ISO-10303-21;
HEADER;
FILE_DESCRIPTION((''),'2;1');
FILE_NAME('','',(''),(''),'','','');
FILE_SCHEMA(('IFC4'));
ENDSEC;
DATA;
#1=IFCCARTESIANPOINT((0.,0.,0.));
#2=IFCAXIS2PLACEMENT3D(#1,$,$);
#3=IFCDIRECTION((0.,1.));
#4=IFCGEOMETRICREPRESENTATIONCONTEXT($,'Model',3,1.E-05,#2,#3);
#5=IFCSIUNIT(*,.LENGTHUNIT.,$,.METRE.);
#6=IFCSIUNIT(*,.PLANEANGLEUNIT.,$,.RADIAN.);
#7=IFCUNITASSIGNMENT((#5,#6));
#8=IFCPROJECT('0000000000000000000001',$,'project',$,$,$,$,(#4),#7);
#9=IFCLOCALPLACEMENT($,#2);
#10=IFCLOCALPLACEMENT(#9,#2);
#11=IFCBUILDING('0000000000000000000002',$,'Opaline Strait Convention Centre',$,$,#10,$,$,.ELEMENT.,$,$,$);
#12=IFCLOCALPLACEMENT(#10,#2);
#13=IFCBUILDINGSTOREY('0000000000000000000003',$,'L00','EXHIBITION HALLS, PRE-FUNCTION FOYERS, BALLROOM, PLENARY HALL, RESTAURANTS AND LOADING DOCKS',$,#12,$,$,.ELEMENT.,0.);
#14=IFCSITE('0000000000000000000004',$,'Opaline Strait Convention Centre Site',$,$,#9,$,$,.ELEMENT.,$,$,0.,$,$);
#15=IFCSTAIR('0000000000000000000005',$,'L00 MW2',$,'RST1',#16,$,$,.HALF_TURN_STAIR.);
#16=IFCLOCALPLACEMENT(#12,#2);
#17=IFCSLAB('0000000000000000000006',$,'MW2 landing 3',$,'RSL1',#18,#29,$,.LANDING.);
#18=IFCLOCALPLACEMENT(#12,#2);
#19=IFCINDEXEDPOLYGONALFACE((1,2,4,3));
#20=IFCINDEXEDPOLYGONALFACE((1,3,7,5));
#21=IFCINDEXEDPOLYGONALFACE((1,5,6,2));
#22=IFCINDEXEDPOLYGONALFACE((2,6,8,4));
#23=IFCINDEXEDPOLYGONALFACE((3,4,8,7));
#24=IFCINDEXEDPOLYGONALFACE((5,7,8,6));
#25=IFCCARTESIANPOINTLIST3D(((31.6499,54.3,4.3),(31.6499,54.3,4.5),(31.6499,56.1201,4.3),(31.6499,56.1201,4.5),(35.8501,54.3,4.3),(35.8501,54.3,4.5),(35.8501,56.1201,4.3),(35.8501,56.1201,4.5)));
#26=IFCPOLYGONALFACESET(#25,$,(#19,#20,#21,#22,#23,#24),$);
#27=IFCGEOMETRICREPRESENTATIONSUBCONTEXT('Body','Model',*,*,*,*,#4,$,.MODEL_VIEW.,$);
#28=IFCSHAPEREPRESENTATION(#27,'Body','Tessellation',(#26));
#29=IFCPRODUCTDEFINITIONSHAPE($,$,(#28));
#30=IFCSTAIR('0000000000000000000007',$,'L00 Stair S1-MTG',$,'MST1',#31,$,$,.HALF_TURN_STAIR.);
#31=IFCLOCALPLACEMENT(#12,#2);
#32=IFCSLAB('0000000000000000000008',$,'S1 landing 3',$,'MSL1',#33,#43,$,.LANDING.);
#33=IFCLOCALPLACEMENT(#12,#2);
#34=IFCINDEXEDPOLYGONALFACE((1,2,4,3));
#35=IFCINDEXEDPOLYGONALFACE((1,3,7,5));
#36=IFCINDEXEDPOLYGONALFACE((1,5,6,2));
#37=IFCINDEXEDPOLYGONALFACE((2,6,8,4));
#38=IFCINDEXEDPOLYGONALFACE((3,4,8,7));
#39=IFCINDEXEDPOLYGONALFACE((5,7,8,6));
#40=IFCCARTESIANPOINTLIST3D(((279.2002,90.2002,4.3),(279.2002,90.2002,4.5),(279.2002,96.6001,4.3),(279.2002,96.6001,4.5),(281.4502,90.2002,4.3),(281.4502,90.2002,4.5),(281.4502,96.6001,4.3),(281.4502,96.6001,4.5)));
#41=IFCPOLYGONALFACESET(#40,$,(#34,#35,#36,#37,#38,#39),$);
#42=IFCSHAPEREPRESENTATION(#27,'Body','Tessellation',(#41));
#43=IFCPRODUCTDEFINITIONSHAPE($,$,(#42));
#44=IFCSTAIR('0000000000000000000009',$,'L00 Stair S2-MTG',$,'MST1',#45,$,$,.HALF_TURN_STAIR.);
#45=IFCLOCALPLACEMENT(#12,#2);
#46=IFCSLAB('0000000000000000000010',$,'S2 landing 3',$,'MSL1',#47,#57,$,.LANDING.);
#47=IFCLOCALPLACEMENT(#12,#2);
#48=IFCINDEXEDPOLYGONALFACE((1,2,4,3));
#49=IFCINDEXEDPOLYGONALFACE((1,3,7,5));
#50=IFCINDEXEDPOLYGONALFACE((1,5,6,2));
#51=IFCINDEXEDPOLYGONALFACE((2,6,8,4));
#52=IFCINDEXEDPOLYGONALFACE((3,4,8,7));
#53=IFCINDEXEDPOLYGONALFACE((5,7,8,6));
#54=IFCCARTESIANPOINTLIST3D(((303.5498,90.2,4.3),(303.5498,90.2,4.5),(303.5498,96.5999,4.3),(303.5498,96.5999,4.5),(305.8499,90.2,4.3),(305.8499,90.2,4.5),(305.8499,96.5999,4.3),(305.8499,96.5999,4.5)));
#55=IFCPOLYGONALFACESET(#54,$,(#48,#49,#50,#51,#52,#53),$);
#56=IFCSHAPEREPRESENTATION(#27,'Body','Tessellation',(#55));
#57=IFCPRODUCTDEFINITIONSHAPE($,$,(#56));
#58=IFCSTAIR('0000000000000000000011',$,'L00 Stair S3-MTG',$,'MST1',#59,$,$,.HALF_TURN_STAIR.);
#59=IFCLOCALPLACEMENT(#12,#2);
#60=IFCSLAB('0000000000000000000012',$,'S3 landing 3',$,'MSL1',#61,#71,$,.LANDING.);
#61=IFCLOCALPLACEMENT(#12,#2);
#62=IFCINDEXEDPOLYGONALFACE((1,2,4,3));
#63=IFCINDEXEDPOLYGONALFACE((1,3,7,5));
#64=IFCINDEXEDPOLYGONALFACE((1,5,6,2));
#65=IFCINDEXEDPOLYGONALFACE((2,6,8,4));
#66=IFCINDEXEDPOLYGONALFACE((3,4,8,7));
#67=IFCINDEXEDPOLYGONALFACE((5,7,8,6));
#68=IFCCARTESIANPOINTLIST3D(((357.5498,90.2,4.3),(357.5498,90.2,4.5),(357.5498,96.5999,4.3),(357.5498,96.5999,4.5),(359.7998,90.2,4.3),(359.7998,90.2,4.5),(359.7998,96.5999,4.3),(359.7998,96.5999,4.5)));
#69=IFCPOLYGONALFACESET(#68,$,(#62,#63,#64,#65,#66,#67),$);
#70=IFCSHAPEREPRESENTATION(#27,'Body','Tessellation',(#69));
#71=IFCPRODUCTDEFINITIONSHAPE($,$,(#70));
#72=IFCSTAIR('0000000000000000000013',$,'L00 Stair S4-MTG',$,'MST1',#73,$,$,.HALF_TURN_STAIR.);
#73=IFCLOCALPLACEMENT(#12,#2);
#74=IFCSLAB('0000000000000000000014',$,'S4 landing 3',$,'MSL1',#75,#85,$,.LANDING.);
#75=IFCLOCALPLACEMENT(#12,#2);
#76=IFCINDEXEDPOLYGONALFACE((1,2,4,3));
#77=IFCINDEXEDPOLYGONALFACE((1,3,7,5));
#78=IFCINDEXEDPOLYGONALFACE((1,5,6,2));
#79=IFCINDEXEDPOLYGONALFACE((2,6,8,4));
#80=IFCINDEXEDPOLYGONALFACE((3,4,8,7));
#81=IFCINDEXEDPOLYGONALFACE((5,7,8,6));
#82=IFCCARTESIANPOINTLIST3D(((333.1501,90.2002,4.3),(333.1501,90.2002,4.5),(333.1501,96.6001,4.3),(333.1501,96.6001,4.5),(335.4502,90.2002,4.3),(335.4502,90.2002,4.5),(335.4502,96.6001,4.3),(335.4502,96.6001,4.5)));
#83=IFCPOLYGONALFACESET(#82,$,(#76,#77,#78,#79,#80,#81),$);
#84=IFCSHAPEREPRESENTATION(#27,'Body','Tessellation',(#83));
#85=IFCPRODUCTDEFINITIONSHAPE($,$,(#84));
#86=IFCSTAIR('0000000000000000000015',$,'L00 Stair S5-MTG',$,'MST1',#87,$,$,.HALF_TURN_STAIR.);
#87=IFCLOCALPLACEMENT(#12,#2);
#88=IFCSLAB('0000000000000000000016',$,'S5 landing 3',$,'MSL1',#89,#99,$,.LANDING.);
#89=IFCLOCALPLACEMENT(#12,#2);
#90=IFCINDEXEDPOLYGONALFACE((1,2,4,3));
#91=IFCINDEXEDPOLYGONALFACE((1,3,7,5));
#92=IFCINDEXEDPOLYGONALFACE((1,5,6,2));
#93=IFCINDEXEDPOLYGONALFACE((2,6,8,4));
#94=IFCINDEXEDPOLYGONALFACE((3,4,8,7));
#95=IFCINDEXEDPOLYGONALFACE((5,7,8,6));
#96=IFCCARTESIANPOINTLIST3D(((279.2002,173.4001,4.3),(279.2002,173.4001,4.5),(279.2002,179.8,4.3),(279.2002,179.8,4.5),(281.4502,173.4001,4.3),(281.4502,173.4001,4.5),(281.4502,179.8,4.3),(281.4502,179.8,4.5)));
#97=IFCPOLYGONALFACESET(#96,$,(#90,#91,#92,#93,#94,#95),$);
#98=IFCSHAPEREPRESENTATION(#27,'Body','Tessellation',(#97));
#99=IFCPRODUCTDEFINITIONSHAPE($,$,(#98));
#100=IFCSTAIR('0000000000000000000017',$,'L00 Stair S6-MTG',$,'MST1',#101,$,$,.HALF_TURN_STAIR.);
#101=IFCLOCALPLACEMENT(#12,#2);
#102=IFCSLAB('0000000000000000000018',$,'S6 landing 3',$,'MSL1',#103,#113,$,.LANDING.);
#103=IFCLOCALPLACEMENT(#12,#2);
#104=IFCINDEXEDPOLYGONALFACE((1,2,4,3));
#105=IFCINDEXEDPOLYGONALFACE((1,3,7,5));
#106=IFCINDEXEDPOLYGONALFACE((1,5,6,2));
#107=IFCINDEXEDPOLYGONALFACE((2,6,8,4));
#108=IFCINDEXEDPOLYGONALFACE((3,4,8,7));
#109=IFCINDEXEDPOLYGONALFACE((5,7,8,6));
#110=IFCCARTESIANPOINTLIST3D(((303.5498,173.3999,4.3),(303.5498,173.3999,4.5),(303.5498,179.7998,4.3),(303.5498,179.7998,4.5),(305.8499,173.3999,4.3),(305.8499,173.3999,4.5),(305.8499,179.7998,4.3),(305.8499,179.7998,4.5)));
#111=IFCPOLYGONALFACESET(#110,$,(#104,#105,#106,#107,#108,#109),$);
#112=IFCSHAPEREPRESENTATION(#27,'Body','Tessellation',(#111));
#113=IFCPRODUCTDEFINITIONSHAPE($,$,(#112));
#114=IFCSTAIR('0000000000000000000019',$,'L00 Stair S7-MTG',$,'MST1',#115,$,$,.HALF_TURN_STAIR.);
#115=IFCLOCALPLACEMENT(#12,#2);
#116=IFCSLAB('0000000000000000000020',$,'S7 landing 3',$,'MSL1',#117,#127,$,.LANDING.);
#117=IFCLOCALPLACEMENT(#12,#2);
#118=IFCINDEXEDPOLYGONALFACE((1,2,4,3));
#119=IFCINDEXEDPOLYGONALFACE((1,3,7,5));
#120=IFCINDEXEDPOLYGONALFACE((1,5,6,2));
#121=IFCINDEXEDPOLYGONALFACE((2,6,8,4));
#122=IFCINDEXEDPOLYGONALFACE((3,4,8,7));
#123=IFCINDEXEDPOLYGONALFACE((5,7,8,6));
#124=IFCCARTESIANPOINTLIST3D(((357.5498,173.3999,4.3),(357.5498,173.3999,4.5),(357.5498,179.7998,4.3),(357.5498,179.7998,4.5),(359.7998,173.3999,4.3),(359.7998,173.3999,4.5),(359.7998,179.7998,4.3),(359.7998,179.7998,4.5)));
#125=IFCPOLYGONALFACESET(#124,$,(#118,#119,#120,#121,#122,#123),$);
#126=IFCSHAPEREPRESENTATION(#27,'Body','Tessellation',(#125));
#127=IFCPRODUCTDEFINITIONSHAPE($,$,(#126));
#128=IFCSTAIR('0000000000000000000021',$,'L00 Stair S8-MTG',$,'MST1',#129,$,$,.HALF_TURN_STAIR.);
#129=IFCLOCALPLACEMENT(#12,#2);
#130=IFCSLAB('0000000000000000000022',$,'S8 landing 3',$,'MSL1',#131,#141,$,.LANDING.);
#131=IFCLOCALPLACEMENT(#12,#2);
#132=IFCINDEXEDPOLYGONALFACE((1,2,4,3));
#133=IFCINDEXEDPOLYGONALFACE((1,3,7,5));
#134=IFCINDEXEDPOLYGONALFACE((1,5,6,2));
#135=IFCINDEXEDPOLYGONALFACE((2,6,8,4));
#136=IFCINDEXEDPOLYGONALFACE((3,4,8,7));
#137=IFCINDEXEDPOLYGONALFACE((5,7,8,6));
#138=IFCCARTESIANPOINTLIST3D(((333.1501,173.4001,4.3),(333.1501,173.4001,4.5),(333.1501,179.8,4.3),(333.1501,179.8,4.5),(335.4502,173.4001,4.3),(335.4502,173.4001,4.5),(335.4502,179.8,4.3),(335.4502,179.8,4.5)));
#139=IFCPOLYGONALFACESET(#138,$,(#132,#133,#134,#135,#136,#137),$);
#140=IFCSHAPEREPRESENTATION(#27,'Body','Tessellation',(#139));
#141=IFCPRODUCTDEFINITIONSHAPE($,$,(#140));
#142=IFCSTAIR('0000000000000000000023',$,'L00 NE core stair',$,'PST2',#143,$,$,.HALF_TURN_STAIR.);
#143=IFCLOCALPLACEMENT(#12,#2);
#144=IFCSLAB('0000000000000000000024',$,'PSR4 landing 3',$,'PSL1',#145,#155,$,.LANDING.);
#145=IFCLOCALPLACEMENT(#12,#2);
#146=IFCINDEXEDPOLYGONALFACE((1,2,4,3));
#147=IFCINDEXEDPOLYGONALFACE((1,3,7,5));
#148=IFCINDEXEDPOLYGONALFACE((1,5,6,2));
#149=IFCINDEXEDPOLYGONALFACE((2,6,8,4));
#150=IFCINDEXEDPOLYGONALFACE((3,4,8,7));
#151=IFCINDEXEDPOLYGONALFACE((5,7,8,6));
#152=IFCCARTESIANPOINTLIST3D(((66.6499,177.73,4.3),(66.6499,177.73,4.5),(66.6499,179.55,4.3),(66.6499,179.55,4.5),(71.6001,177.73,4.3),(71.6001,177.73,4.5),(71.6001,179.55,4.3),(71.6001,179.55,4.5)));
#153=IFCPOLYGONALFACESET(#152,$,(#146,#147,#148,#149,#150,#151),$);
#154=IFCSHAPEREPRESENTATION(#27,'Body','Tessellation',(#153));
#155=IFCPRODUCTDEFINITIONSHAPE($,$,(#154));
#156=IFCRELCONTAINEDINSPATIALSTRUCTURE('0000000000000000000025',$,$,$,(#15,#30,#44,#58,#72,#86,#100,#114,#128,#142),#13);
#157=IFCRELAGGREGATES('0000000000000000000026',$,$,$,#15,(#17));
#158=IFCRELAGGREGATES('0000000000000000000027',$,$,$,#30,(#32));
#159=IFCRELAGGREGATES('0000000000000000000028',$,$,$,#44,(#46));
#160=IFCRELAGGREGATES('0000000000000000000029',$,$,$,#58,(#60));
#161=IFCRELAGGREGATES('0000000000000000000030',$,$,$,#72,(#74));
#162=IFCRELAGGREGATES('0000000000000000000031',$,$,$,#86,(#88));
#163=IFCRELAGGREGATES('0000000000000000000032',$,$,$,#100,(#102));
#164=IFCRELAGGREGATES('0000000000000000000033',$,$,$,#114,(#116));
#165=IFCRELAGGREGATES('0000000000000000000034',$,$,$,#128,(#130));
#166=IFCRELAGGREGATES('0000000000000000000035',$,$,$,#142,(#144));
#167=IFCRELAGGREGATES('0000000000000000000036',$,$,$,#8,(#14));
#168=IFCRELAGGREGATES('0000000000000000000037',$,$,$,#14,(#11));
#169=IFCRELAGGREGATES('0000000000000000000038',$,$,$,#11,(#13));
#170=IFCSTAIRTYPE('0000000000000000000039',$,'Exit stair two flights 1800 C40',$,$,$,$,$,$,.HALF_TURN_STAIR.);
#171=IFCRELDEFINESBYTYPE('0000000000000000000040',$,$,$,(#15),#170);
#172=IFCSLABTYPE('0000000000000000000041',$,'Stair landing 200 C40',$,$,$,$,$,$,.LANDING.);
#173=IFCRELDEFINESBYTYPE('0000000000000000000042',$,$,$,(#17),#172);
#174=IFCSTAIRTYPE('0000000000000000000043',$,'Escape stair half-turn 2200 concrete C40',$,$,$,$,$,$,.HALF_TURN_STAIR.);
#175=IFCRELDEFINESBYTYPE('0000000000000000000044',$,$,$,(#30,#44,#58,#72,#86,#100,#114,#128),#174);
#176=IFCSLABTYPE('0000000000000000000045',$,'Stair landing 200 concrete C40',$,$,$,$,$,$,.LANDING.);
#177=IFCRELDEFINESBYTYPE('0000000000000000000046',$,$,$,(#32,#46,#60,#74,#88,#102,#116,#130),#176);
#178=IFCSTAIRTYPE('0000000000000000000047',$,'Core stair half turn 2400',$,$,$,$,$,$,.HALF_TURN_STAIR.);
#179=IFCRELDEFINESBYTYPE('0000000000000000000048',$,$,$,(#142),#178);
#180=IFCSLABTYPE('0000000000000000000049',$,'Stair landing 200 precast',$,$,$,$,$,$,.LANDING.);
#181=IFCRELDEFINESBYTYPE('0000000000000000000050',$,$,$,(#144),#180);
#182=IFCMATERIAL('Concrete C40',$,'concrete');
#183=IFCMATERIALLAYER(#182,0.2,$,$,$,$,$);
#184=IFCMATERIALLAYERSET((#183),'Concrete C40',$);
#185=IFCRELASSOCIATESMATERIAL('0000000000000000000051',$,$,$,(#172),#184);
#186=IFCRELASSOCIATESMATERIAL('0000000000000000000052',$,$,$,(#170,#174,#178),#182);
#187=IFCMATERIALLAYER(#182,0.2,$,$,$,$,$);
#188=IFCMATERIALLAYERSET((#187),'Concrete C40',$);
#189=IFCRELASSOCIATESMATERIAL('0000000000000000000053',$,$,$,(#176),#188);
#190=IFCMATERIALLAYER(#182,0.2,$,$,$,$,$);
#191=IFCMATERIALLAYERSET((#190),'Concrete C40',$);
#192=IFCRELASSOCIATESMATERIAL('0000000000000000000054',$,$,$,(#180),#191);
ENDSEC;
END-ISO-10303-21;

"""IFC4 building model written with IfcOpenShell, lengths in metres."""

from ifc_helpers import new_model, si_unit, direction, frame, origin, place, context, subcontext, project, spatial, polyline, outline, extrude, material, layer, layer_set, type_object, element, aggregate, save


model = new_model("IFC4")

# Units and contexts
model_context = context("Model", 3, precision=1e-05, world=origin(), true_north=direction((0.0, 1.0)))
body_context = subcontext(model_context, "Body", "Model", "MODEL_VIEW")
ifc_project = project(units=[si_unit("LENGTHUNIT", "METRE"), si_unit("PLANEANGLEUNIT", "RADIAN")], contexts=[model_context])

# Site, building, storey
site_placement = place(None, origin())
site = spatial("IfcSite", under=ifc_project, at=site_placement, Name="Opaline Strait Convention Centre Site", CompositionType="ELEMENT", RefElevation=0.0)
building_placement = place(site_placement, origin())
building = spatial("IfcBuilding", under=site, at=building_placement, Name="Opaline Strait Convention Centre", CompositionType="ELEMENT")
storey_placement = place(building_placement, origin())
storey = spatial("IfcBuildingStorey", under=building, at=storey_placement, Name="L00", Description="EXHIBITION HALLS, PRE-FUNCTION FOYERS, BALLROOM, PLENARY HALL, RESTAURANTS AND LOADING DOCKS", CompositionType="ELEMENT", Elevation=0.0)

# Stairs, slabs
ifc_material = material(Name="Concrete C40", Category="concrete")
ifc_layer_1 = layer(ifc_material, 0.2)
ifc_layer_set_1 = layer_set([ifc_layer_1], Name="Concrete C40")
slab_type_1 = type_object("IfcSlabType", Name="Stair landing 200 C40", PredefinedType="LANDING", material=ifc_layer_set_1)
stair_type_1 = type_object("IfcStairType", Name="Exit stair two flights 1800 C40", PredefinedType="HALF_TURN_STAIR", material=ifc_material)
stair_1_placement = place(storey_placement, origin())
stair_1 = element("IfcStair", 1, at=stair_1_placement, inside=storey, type_object=stair_type_1, Name="L00 MW2", ObjectType="RST1", PredefinedType="HALF_TURN_STAIR")
slab_1_placement = place(storey_placement, frame((0.0, 0.0, 4.3)))
slab_1 = element("IfcSlab", 2, at=slab_1_placement, type_object=slab_type_1, Name="MW2 landing 3", ObjectType="RSL1", PredefinedType="LANDING", context=body_context, shape_type="SweptSolid", body=[
    extrude(outline(polyline([(31.6499, 56.1201), (31.6499, 54.3), (35.8501, 54.3), (35.8501, 56.1201), (31.6499, 56.1201)])), origin(), (0.0, 0.0, 1.0), 0.2),
])
aggregate(stair_1, [slab_1])
stair_type_2 = type_object("IfcStairType", Name="Escape stair half-turn 2200 concrete C40", PredefinedType="HALF_TURN_STAIR", material=ifc_material)
stair_2_placement = place(storey_placement, origin())
stair_2 = element("IfcStair", 3, at=stair_2_placement, inside=storey, type_object=stair_type_2, Name="L00 Stair S1-MTG", ObjectType="MST1", PredefinedType="HALF_TURN_STAIR")
ifc_layer_2 = layer(ifc_material, 0.2)
ifc_layer_set_2 = layer_set([ifc_layer_2], Name="Concrete C40")
slab_type_2 = type_object("IfcSlabType", Name="Stair landing 200 concrete C40", PredefinedType="LANDING", material=ifc_layer_set_2)
slab_2_placement = place(storey_placement, frame((0.0, 0.0, 4.3)))
slab_2 = element("IfcSlab", 4, at=slab_2_placement, type_object=slab_type_2, Name="S1 landing 3", ObjectType="MSL1", PredefinedType="LANDING", context=body_context, shape_type="SweptSolid", body=[
    extrude(outline(polyline([(281.4502, 96.6001), (279.2002, 96.6001), (279.2002, 90.2002), (281.4502, 90.2002), (281.4502, 96.6001)])), origin(), (0.0, 0.0, 1.0), 0.2),
])
aggregate(stair_2, [slab_2])
stair_3_placement = place(storey_placement, origin())
stair_3 = element("IfcStair", 5, at=stair_3_placement, inside=storey, type_object=stair_type_2, Name="L00 Stair S2-MTG", ObjectType="MST1", PredefinedType="HALF_TURN_STAIR")
slab_3_placement = place(storey_placement, frame((0.0, 0.0, 4.3)))
slab_3 = element("IfcSlab", 6, at=slab_3_placement, type_object=slab_type_2, Name="S2 landing 3", ObjectType="MSL1", PredefinedType="LANDING", context=body_context, shape_type="SweptSolid", body=[
    extrude(outline(polyline([(303.5498, 90.2), (305.8499, 90.2), (305.8499, 96.5999), (303.5498, 96.5999), (303.5498, 90.2)])), origin(), (0.0, 0.0, 1.0), 0.2),
])
aggregate(stair_3, [slab_3])
stair_4_placement = place(storey_placement, origin())
stair_4 = element("IfcStair", 7, at=stair_4_placement, inside=storey, type_object=stair_type_2, Name="L00 Stair S3-MTG", ObjectType="MST1", PredefinedType="HALF_TURN_STAIR")
slab_4_placement = place(storey_placement, frame((0.0, 0.0, 4.3)))
slab_4 = element("IfcSlab", 8, at=slab_4_placement, type_object=slab_type_2, Name="S3 landing 3", ObjectType="MSL1", PredefinedType="LANDING", context=body_context, shape_type="SweptSolid", body=[
    extrude(outline(polyline([(357.5498, 90.2), (359.7998, 90.2), (359.7998, 96.5999), (357.5498, 96.5999), (357.5498, 90.2)])), origin(), (0.0, 0.0, 1.0), 0.2),
])
aggregate(stair_4, [slab_4])
stair_5_placement = place(storey_placement, origin())
stair_5 = element("IfcStair", 9, at=stair_5_placement, inside=storey, type_object=stair_type_2, Name="L00 Stair S4-MTG", ObjectType="MST1", PredefinedType="HALF_TURN_STAIR")
slab_5_placement = place(storey_placement, frame((0.0, 0.0, 4.3)))
slab_5 = element("IfcSlab", 10, at=slab_5_placement, type_object=slab_type_2, Name="S4 landing 3", ObjectType="MSL1", PredefinedType="LANDING", context=body_context, shape_type="SweptSolid", body=[
    extrude(outline(polyline([(335.4502, 96.6001), (333.1501, 96.6001), (333.1501, 90.2002), (335.4502, 90.2002), (335.4502, 96.6001)])), origin(), (0.0, 0.0, 1.0), 0.2),
])
aggregate(stair_5, [slab_5])
stair_6_placement = place(storey_placement, origin())
stair_6 = element("IfcStair", 11, at=stair_6_placement, inside=storey, type_object=stair_type_2, Name="L00 Stair S5-MTG", ObjectType="MST1", PredefinedType="HALF_TURN_STAIR")
slab_6_placement = place(storey_placement, frame((0.0, 0.0, 4.3)))
slab_6 = element("IfcSlab", 12, at=slab_6_placement, type_object=slab_type_2, Name="S5 landing 3", ObjectType="MSL1", PredefinedType="LANDING", context=body_context, shape_type="SweptSolid", body=[
    extrude(outline(polyline([(281.4502, 179.8), (279.2002, 179.8), (279.2002, 173.4001), (281.4502, 173.4001), (281.4502, 179.8)])), origin(), (0.0, 0.0, 1.0), 0.2),
])
aggregate(stair_6, [slab_6])
stair_7_placement = place(storey_placement, origin())
stair_7 = element("IfcStair", 13, at=stair_7_placement, inside=storey, type_object=stair_type_2, Name="L00 Stair S6-MTG", ObjectType="MST1", PredefinedType="HALF_TURN_STAIR")
slab_7_placement = place(storey_placement, frame((0.0, 0.0, 4.3)))
slab_7 = element("IfcSlab", 14, at=slab_7_placement, type_object=slab_type_2, Name="S6 landing 3", ObjectType="MSL1", PredefinedType="LANDING", context=body_context, shape_type="SweptSolid", body=[
    extrude(outline(polyline([(303.5498, 173.3999), (305.8499, 173.3999), (305.8499, 179.7998), (303.5498, 179.7998), (303.5498, 173.3999)])), origin(), (0.0, 0.0, 1.0), 0.2),
])
aggregate(stair_7, [slab_7])
stair_8_placement = place(storey_placement, origin())
stair_8 = element("IfcStair", 15, at=stair_8_placement, inside=storey, type_object=stair_type_2, Name="L00 Stair S7-MTG", ObjectType="MST1", PredefinedType="HALF_TURN_STAIR")
slab_8_placement = place(storey_placement, frame((0.0, 0.0, 4.3)))
slab_8 = element("IfcSlab", 16, at=slab_8_placement, type_object=slab_type_2, Name="S7 landing 3", ObjectType="MSL1", PredefinedType="LANDING", context=body_context, shape_type="SweptSolid", body=[
    extrude(outline(polyline([(357.5498, 173.3999), (359.7998, 173.3999), (359.7998, 179.7998), (357.5498, 179.7998), (357.5498, 173.3999)])), origin(), (0.0, 0.0, 1.0), 0.2),
])
aggregate(stair_8, [slab_8])
stair_9_placement = place(storey_placement, origin())
stair_9 = element("IfcStair", 17, at=stair_9_placement, inside=storey, type_object=stair_type_2, Name="L00 Stair S8-MTG", ObjectType="MST1", PredefinedType="HALF_TURN_STAIR")
slab_9_placement = place(storey_placement, frame((0.0, 0.0, 4.3)))
slab_9 = element("IfcSlab", 18, at=slab_9_placement, type_object=slab_type_2, Name="S8 landing 3", ObjectType="MSL1", PredefinedType="LANDING", context=body_context, shape_type="SweptSolid", body=[
    extrude(outline(polyline([(335.4502, 179.8), (333.1501, 179.8), (333.1501, 173.4001), (335.4502, 173.4001), (335.4502, 179.8)])), origin(), (0.0, 0.0, 1.0), 0.2),
])
aggregate(stair_9, [slab_9])
stair_type_3 = type_object("IfcStairType", Name="Core stair half turn 2400", PredefinedType="HALF_TURN_STAIR", material=ifc_material)
stair_10_placement = place(storey_placement, origin())
stair_10 = element("IfcStair", 19, at=stair_10_placement, inside=storey, type_object=stair_type_3, Name="L00 NE core stair", ObjectType="PST2", PredefinedType="HALF_TURN_STAIR")
ifc_layer_3 = layer(ifc_material, 0.2)
ifc_layer_set_3 = layer_set([ifc_layer_3], Name="Concrete C40")
slab_type_3 = type_object("IfcSlabType", Name="Stair landing 200 precast", PredefinedType="LANDING", material=ifc_layer_set_3)
slab_10_placement = place(storey_placement, frame((0.0, 0.0, 4.3)))
slab_10 = element("IfcSlab", 20, at=slab_10_placement, type_object=slab_type_3, Name="PSR4 landing 3", ObjectType="PSL1", PredefinedType="LANDING", context=body_context, shape_type="SweptSolid", body=[
    extrude(outline(polyline([(71.6001, 177.73), (71.6001, 179.55), (66.6499, 179.55), (66.6499, 177.73), (71.6001, 177.73)])), origin(), (0.0, 0.0, 1.0), 0.2),
])
aggregate(stair_10, [slab_10])

save(model, "model.ifc")
